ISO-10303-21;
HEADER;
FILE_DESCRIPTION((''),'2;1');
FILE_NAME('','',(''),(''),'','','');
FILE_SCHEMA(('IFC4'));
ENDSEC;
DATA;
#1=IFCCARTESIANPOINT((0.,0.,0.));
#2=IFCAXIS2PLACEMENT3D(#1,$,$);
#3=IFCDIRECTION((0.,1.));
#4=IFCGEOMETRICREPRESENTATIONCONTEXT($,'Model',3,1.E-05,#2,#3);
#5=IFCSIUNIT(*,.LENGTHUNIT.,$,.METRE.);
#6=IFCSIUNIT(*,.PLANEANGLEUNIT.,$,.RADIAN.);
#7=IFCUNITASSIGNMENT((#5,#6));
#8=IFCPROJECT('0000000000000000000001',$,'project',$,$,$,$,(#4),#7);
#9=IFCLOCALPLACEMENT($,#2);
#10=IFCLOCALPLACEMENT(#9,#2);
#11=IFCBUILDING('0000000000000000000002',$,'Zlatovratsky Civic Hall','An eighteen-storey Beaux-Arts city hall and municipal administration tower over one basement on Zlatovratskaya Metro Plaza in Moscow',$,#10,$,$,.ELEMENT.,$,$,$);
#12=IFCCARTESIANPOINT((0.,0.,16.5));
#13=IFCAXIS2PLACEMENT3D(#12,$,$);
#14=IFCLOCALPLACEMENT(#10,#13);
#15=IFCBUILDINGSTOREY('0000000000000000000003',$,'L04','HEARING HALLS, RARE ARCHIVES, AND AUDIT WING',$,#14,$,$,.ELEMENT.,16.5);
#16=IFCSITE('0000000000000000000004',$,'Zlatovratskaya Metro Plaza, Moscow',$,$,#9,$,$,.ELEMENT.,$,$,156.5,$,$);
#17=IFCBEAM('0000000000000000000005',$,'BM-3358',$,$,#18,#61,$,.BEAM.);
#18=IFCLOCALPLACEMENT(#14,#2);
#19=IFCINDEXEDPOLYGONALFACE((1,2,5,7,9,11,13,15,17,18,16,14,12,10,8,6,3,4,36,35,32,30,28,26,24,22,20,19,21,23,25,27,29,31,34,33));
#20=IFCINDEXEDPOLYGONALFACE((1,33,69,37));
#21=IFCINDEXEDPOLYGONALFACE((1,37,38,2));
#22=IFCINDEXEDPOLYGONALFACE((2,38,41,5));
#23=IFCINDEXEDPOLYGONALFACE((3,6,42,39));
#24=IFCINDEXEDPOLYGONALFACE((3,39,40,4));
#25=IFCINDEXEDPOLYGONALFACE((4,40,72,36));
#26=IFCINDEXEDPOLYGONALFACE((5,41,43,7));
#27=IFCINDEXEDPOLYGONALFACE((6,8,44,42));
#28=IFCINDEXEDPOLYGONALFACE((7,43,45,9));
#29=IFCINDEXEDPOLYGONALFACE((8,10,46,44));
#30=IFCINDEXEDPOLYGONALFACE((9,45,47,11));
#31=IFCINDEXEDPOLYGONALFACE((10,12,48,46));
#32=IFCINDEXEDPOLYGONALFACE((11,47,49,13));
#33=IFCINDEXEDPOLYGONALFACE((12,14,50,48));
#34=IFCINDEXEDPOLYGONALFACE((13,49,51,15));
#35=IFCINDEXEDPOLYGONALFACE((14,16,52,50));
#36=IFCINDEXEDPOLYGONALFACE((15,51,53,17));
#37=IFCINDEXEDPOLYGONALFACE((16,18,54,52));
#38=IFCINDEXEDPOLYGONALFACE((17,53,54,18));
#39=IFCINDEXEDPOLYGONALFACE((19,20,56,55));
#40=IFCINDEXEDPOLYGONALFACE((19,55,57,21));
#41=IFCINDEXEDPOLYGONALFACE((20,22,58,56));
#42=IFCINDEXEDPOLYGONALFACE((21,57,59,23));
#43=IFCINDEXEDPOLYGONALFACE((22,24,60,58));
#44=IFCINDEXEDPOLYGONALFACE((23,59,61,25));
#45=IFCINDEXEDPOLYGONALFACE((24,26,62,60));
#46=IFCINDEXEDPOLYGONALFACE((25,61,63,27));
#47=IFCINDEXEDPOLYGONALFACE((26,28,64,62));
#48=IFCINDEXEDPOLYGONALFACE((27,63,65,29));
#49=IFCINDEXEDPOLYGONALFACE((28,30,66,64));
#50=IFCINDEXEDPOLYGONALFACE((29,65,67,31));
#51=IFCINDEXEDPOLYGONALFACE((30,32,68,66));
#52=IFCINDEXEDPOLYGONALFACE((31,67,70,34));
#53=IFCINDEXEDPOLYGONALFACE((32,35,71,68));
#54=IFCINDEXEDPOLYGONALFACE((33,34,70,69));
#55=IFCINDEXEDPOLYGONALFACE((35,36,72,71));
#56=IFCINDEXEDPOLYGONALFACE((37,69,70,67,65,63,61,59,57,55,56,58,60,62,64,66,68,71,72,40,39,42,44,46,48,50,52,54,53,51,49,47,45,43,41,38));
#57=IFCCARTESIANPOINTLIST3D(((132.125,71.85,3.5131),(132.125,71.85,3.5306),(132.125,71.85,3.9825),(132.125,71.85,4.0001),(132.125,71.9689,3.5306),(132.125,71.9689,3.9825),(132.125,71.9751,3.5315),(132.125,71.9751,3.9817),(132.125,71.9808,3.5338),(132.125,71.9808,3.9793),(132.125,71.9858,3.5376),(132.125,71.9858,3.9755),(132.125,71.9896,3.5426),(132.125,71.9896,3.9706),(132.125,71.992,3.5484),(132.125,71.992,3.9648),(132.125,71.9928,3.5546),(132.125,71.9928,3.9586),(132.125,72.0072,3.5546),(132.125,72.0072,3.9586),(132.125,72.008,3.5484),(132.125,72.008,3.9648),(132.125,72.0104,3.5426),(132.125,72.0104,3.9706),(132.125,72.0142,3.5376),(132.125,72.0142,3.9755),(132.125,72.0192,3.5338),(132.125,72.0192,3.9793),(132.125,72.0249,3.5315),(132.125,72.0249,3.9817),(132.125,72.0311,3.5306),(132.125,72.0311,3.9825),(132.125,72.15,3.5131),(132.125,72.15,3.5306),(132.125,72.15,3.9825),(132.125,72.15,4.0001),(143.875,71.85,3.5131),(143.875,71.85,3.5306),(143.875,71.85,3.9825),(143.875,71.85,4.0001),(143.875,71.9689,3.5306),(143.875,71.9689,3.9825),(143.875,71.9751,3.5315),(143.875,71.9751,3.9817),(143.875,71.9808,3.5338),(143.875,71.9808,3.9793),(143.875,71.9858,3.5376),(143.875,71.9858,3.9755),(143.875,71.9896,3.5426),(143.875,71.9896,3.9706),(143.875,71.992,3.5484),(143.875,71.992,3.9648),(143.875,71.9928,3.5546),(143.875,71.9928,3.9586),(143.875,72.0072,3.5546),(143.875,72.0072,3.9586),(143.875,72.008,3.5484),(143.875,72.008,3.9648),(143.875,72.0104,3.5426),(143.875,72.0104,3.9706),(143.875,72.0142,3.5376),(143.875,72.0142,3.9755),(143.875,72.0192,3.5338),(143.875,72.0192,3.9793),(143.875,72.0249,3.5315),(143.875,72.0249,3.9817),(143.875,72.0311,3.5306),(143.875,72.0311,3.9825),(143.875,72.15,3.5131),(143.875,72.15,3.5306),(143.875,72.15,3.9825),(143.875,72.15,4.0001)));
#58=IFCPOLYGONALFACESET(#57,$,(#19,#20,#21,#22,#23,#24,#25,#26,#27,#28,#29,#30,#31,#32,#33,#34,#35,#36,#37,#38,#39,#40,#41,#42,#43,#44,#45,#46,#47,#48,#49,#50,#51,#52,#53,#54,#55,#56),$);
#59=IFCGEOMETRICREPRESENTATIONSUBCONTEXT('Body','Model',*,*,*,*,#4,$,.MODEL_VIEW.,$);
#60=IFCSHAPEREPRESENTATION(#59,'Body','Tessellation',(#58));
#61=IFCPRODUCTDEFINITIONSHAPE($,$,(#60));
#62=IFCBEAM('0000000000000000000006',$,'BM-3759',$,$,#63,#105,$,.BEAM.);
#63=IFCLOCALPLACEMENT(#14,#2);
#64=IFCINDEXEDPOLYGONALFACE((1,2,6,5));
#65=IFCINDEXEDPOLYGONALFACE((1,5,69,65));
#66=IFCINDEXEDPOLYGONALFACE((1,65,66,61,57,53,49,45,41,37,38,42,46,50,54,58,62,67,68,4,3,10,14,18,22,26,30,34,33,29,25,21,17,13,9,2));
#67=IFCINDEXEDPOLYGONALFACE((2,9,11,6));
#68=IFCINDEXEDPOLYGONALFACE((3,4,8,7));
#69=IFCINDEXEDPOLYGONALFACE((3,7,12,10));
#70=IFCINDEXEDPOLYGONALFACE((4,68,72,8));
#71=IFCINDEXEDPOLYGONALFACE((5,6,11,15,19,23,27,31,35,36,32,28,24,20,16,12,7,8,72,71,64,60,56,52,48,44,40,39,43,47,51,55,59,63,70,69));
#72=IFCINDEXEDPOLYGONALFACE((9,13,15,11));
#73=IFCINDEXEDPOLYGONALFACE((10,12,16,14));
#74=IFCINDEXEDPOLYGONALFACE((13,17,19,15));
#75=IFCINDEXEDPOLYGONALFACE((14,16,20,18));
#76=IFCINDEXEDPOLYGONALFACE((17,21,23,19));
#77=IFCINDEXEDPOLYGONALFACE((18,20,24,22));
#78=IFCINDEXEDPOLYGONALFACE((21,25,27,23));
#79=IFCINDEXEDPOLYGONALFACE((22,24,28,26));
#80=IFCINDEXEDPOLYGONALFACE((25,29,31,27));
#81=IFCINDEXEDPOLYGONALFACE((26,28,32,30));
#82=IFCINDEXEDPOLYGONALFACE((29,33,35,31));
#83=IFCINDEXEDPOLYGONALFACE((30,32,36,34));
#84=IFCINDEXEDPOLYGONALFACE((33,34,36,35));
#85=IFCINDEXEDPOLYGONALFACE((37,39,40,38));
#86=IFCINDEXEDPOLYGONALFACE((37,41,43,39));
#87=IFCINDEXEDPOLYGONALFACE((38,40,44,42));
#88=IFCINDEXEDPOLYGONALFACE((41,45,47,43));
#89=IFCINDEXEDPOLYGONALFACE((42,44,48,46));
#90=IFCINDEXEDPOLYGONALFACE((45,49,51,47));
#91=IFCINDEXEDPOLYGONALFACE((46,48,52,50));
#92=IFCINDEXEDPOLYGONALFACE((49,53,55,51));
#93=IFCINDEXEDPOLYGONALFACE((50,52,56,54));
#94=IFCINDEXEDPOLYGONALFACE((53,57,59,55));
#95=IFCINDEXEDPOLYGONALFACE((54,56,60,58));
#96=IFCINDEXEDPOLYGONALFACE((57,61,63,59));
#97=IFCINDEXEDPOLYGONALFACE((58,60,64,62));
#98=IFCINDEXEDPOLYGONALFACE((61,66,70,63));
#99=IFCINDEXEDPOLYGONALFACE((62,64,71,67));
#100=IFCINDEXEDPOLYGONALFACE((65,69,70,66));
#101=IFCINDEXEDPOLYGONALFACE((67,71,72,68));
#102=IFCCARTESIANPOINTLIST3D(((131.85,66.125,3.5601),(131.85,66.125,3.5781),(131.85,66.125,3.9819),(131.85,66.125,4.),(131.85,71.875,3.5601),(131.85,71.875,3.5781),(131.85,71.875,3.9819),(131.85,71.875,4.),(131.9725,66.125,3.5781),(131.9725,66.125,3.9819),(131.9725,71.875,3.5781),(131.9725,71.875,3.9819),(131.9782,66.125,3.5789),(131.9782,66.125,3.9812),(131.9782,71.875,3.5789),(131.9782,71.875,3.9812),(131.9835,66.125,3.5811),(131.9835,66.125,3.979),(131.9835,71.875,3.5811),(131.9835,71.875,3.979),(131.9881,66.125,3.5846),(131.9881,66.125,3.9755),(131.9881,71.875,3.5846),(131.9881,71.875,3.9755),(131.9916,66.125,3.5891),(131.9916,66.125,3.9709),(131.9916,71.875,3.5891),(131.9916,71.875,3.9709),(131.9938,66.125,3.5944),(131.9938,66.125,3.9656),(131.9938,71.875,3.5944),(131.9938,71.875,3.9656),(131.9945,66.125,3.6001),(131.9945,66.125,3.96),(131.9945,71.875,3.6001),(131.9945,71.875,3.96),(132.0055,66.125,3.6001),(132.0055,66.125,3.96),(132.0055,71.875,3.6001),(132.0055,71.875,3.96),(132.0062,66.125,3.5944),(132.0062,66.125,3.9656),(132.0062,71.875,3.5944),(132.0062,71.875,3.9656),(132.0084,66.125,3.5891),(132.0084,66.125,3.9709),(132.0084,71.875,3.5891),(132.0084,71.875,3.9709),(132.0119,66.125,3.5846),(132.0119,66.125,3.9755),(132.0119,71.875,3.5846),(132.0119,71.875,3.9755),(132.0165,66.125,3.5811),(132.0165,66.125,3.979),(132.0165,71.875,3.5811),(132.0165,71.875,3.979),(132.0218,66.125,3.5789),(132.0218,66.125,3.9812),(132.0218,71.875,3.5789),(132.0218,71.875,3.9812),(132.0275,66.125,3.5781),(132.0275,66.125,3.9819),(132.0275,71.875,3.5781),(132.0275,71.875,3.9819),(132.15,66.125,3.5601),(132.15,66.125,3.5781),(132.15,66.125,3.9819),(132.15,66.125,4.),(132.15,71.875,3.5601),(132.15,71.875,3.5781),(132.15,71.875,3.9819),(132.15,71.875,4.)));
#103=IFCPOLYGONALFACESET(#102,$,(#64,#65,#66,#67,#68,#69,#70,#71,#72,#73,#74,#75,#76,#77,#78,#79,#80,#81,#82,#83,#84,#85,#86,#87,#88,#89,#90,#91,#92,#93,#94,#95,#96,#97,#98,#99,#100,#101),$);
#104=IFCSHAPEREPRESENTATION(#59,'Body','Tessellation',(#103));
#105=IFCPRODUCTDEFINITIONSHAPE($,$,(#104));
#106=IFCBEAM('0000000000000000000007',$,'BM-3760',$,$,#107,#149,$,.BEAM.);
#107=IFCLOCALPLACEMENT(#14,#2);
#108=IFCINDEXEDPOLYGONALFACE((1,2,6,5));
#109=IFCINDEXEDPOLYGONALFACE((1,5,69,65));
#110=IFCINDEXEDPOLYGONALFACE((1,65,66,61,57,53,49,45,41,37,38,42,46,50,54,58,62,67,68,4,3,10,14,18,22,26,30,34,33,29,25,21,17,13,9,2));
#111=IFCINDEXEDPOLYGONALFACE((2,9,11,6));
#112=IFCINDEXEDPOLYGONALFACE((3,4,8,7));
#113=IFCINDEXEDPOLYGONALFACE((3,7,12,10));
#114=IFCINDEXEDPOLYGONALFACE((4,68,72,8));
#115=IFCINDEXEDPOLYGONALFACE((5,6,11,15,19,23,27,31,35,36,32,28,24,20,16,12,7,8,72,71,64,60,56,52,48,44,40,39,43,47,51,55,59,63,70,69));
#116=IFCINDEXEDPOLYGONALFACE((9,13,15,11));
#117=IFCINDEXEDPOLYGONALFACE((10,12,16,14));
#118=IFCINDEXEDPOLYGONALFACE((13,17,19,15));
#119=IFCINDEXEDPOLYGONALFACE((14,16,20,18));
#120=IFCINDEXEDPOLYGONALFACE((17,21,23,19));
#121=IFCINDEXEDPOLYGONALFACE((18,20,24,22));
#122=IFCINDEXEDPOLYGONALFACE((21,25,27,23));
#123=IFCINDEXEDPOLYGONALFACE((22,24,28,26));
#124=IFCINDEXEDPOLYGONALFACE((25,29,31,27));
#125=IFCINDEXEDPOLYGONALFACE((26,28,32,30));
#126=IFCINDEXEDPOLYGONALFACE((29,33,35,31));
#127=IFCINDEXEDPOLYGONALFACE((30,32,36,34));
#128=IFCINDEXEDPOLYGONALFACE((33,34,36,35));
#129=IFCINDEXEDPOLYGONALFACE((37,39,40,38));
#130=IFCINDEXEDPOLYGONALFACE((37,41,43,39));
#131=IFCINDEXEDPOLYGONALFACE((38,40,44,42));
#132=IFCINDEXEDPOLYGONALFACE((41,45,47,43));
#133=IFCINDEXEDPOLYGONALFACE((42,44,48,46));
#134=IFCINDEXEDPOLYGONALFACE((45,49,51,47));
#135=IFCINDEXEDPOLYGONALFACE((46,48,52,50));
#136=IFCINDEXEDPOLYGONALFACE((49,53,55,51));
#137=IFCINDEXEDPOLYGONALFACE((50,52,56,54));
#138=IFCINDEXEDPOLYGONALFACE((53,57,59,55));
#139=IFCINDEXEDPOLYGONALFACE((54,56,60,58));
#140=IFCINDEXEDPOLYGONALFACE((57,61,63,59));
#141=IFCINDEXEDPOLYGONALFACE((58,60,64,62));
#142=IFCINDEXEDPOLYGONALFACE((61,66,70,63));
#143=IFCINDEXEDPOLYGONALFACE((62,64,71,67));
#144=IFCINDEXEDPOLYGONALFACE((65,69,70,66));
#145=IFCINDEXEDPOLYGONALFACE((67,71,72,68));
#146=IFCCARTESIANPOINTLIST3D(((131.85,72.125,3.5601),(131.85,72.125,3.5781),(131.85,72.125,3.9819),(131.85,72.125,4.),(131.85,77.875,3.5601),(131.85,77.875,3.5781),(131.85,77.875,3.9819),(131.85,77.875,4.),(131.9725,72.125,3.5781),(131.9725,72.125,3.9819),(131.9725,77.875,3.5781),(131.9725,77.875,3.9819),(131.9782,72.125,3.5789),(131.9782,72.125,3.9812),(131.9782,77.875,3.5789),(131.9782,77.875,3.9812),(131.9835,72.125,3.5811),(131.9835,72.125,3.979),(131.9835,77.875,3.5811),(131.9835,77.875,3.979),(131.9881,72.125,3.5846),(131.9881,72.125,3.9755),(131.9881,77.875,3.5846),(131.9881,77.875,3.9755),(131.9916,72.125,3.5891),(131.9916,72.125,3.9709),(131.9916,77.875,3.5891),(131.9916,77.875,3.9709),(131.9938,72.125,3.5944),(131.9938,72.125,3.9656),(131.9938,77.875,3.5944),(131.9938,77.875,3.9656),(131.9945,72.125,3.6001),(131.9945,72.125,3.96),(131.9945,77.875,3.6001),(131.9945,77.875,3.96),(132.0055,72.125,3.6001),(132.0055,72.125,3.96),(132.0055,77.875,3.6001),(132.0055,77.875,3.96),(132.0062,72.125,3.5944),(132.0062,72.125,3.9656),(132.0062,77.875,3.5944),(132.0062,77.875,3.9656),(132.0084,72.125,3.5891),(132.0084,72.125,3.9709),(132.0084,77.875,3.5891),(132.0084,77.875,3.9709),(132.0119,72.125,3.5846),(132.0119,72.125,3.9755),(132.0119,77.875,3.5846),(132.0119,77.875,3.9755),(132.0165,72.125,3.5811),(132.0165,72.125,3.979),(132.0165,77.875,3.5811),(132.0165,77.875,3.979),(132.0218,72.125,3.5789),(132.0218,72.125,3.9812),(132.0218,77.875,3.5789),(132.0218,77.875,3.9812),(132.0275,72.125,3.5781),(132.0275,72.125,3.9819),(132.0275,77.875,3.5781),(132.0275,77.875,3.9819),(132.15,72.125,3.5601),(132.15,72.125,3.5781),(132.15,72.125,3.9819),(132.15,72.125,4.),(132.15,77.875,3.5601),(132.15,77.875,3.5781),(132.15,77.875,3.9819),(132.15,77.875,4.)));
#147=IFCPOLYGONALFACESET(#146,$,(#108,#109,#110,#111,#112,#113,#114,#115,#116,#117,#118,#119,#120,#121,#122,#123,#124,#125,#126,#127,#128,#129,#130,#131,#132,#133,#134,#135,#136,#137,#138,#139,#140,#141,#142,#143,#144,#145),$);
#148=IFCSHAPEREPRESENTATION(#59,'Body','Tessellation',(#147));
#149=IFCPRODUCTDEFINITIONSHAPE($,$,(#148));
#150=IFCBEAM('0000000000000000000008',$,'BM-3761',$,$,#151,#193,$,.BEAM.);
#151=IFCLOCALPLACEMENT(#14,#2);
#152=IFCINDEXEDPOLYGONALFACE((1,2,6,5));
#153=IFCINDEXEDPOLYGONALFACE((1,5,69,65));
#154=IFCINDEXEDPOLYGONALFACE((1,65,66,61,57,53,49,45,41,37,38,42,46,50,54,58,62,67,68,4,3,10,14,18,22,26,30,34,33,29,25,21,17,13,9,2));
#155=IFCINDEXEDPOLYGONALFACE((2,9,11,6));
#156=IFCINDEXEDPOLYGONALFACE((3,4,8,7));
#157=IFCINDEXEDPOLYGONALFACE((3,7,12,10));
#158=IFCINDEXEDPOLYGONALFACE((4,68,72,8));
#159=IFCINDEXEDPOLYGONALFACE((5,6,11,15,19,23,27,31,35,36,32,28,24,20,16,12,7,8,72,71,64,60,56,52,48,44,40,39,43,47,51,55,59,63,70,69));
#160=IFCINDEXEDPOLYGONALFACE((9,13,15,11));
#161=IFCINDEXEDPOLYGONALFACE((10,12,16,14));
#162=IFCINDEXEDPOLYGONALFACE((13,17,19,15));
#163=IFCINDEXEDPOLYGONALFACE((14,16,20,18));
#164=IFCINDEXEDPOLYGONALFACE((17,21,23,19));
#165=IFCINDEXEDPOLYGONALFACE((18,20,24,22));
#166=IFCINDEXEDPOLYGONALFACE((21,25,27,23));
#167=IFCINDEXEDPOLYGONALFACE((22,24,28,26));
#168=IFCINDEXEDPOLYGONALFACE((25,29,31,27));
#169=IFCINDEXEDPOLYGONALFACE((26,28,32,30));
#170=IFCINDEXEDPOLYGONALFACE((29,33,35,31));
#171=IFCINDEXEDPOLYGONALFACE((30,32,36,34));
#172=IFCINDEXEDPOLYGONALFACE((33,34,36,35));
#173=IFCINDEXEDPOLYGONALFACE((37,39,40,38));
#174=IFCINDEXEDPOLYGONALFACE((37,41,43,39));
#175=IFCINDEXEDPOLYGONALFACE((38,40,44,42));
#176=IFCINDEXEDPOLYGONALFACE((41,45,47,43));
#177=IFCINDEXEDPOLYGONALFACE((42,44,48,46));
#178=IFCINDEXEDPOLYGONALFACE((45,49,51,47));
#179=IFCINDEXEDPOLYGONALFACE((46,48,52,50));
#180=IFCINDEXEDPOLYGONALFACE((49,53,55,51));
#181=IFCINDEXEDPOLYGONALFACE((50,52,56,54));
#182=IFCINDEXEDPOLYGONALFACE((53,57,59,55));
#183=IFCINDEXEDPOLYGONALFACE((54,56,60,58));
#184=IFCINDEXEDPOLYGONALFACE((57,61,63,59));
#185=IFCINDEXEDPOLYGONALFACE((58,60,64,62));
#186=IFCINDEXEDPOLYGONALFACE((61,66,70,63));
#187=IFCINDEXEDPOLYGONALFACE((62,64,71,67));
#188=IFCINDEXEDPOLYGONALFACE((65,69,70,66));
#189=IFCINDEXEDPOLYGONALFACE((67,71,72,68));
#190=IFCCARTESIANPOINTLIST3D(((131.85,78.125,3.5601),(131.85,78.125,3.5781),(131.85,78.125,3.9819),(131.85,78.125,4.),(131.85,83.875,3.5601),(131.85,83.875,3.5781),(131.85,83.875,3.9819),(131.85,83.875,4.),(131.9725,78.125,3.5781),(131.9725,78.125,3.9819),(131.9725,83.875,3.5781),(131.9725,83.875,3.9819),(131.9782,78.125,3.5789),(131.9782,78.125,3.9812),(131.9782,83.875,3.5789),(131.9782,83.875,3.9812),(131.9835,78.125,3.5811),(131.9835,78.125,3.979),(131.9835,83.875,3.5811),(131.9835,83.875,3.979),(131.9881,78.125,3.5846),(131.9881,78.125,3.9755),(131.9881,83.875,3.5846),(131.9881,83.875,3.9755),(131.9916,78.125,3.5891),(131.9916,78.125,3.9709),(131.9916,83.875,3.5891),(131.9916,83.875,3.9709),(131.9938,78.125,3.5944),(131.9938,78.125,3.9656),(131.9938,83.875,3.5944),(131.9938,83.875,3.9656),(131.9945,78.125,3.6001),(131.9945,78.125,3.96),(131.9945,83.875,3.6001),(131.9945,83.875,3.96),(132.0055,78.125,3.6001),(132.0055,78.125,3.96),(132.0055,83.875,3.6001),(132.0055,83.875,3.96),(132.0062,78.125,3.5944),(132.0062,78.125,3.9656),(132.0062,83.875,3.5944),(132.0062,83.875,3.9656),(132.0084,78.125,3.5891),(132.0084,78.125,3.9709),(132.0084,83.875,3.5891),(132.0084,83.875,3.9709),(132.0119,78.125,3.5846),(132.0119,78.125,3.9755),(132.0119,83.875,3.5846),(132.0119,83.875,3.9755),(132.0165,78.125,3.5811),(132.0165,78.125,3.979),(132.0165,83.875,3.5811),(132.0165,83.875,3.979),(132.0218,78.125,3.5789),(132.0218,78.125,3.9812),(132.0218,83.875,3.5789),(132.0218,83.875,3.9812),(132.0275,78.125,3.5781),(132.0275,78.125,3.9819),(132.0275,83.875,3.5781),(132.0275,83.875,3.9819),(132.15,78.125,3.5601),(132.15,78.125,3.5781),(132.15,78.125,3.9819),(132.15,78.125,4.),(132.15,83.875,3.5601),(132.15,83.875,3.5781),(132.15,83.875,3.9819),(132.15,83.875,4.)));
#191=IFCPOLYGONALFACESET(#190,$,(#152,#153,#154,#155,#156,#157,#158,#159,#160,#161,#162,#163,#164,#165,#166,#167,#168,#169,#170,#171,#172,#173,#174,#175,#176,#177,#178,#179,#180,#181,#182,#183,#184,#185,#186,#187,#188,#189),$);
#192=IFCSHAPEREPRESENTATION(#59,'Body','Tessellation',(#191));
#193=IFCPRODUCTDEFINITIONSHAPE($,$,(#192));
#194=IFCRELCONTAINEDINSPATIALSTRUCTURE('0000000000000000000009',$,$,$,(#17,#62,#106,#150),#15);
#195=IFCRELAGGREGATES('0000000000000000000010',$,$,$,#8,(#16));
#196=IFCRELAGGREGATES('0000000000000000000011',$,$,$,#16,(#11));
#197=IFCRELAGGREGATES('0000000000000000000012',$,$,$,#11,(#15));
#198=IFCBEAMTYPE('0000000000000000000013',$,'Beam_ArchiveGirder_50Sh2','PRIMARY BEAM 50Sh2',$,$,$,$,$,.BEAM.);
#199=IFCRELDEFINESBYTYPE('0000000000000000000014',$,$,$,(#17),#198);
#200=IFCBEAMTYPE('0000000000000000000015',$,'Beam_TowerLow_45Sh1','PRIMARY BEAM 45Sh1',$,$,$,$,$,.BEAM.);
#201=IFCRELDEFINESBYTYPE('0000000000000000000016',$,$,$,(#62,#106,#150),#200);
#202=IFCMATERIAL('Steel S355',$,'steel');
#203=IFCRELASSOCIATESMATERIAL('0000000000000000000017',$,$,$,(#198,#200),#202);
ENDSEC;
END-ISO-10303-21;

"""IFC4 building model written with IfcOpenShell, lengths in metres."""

from ifc_helpers import new_model, si_unit, direction, frame, origin, origin_2d, place, context, subcontext, project, spatial, i_section, extrude, material, material_profile, profile_set, type_object, element, save


model = new_model("IFC4")

# Units and contexts
model_context = context("Model", 3, precision=1e-05, world=origin(), true_north=direction((0.0, 1.0)))
body_context = subcontext(model_context, "Body", "Model", "MODEL_VIEW")
ifc_project = project(units=[si_unit("LENGTHUNIT", "METRE"), si_unit("PLANEANGLEUNIT", "RADIAN")], contexts=[model_context])

# Site, building, storey
site_placement = place(None, origin())
site = spatial("IfcSite", under=ifc_project, at=site_placement, Name="Zlatovratskaya Metro Plaza, Moscow", CompositionType="ELEMENT", RefElevation=156.5)
building_placement = place(site_placement, origin())
building = spatial("IfcBuilding", under=site, at=building_placement, Name="Zlatovratsky Civic Hall", Description="An eighteen-storey Beaux-Arts city hall and municipal administration tower over one basement on Zlatovratskaya Metro Plaza in Moscow", CompositionType="ELEMENT")
storey_placement = place(building_placement, frame((0.0, 0.0, 16.5)))
storey = spatial("IfcBuildingStorey", under=building, at=storey_placement, Name="L04", Description="HEARING HALLS, RARE ARCHIVES, AND AUDIT WING", CompositionType="ELEMENT", Elevation=16.5)

# Shared definitions
ifc_material_1 = material(Name="Steel S355", Category="steel")

# Beams
ifc_material_profile_1 = material_profile(ifc_material_1, i_section(OverallWidth=0.3, OverallDepth=0.4871, WebThickness=0.0144, FlangeThickness=0.0176, FilletRadius=0.0239, at=origin_2d()), Name="50Sh2")
ifc_profile_set_1 = profile_set([ifc_material_profile_1], Name="Steel S355")
beam_type_1 = type_object("IfcBeamType", Name="Beam_ArchiveGirder_50Sh2", Description="PRIMARY BEAM 50Sh2", PredefinedType="BEAM", material=ifc_profile_set_1)
for number, where, z_axis, x_axis, name in (
    (1, (132.125, 72.0, 3.7566), (1.0, 0.0, 0.0), (0.0, 1.0, 0.0), "BM-3358"),
):
    element("IfcBeam", number, at=place(storey_placement, frame(where, z_axis=z_axis, x_axis=x_axis)), inside=storey, type_object=beam_type_1, Name=name, PredefinedType="BEAM", context=body_context, shape_type="SweptSolid", body=[
        extrude(i_section(OverallWidth=0.3, OverallDepth=0.4871, WebThickness=0.0144, FlangeThickness=0.0176, FilletRadius=0.0239, at=origin_2d()), origin(), (0.0, 0.0, 1.0), 11.75),
    ])
ifc_material_profile_2 = material_profile(ifc_material_1, i_section(OverallWidth=0.3, OverallDepth=0.4399, WebThickness=0.011, FlangeThickness=0.0181, FilletRadius=0.022, at=origin_2d()), Name="45Sh1")
ifc_profile_set_2 = profile_set([ifc_material_profile_2], Name="Steel S355")
beam_type_2 = type_object("IfcBeamType", Name="Beam_TowerLow_45Sh1", Description="PRIMARY BEAM 45Sh1", PredefinedType="BEAM", material=ifc_profile_set_2)
for number, where, z_axis, x_axis, name in (
    (2, (132.0, 66.125, 3.78), (0.0, 1.0, 0.0), (-1.0, 0.0, 0.0), "BM-3759"),
    (3, (132.0, 72.125, 3.78), (0.0, 1.0, 0.0), (-1.0, 0.0, 0.0), "BM-3760"),
    (4, (132.0, 78.125, 3.78), (0.0, 1.0, 0.0), (-1.0, 0.0, 0.0), "BM-3761"),
):
    element("IfcBeam", number, at=place(storey_placement, frame(where, z_axis=z_axis, x_axis=x_axis)), inside=storey, type_object=beam_type_2, Name=name, PredefinedType="BEAM", context=body_context, shape_type="SweptSolid", body=[
        extrude(i_section(OverallWidth=0.3, OverallDepth=0.4399, WebThickness=0.011, FlangeThickness=0.0181, FilletRadius=0.022, at=origin_2d()), origin(), (0.0, 0.0, 1.0), 5.75),
    ])

save(model, "model.ifc")
